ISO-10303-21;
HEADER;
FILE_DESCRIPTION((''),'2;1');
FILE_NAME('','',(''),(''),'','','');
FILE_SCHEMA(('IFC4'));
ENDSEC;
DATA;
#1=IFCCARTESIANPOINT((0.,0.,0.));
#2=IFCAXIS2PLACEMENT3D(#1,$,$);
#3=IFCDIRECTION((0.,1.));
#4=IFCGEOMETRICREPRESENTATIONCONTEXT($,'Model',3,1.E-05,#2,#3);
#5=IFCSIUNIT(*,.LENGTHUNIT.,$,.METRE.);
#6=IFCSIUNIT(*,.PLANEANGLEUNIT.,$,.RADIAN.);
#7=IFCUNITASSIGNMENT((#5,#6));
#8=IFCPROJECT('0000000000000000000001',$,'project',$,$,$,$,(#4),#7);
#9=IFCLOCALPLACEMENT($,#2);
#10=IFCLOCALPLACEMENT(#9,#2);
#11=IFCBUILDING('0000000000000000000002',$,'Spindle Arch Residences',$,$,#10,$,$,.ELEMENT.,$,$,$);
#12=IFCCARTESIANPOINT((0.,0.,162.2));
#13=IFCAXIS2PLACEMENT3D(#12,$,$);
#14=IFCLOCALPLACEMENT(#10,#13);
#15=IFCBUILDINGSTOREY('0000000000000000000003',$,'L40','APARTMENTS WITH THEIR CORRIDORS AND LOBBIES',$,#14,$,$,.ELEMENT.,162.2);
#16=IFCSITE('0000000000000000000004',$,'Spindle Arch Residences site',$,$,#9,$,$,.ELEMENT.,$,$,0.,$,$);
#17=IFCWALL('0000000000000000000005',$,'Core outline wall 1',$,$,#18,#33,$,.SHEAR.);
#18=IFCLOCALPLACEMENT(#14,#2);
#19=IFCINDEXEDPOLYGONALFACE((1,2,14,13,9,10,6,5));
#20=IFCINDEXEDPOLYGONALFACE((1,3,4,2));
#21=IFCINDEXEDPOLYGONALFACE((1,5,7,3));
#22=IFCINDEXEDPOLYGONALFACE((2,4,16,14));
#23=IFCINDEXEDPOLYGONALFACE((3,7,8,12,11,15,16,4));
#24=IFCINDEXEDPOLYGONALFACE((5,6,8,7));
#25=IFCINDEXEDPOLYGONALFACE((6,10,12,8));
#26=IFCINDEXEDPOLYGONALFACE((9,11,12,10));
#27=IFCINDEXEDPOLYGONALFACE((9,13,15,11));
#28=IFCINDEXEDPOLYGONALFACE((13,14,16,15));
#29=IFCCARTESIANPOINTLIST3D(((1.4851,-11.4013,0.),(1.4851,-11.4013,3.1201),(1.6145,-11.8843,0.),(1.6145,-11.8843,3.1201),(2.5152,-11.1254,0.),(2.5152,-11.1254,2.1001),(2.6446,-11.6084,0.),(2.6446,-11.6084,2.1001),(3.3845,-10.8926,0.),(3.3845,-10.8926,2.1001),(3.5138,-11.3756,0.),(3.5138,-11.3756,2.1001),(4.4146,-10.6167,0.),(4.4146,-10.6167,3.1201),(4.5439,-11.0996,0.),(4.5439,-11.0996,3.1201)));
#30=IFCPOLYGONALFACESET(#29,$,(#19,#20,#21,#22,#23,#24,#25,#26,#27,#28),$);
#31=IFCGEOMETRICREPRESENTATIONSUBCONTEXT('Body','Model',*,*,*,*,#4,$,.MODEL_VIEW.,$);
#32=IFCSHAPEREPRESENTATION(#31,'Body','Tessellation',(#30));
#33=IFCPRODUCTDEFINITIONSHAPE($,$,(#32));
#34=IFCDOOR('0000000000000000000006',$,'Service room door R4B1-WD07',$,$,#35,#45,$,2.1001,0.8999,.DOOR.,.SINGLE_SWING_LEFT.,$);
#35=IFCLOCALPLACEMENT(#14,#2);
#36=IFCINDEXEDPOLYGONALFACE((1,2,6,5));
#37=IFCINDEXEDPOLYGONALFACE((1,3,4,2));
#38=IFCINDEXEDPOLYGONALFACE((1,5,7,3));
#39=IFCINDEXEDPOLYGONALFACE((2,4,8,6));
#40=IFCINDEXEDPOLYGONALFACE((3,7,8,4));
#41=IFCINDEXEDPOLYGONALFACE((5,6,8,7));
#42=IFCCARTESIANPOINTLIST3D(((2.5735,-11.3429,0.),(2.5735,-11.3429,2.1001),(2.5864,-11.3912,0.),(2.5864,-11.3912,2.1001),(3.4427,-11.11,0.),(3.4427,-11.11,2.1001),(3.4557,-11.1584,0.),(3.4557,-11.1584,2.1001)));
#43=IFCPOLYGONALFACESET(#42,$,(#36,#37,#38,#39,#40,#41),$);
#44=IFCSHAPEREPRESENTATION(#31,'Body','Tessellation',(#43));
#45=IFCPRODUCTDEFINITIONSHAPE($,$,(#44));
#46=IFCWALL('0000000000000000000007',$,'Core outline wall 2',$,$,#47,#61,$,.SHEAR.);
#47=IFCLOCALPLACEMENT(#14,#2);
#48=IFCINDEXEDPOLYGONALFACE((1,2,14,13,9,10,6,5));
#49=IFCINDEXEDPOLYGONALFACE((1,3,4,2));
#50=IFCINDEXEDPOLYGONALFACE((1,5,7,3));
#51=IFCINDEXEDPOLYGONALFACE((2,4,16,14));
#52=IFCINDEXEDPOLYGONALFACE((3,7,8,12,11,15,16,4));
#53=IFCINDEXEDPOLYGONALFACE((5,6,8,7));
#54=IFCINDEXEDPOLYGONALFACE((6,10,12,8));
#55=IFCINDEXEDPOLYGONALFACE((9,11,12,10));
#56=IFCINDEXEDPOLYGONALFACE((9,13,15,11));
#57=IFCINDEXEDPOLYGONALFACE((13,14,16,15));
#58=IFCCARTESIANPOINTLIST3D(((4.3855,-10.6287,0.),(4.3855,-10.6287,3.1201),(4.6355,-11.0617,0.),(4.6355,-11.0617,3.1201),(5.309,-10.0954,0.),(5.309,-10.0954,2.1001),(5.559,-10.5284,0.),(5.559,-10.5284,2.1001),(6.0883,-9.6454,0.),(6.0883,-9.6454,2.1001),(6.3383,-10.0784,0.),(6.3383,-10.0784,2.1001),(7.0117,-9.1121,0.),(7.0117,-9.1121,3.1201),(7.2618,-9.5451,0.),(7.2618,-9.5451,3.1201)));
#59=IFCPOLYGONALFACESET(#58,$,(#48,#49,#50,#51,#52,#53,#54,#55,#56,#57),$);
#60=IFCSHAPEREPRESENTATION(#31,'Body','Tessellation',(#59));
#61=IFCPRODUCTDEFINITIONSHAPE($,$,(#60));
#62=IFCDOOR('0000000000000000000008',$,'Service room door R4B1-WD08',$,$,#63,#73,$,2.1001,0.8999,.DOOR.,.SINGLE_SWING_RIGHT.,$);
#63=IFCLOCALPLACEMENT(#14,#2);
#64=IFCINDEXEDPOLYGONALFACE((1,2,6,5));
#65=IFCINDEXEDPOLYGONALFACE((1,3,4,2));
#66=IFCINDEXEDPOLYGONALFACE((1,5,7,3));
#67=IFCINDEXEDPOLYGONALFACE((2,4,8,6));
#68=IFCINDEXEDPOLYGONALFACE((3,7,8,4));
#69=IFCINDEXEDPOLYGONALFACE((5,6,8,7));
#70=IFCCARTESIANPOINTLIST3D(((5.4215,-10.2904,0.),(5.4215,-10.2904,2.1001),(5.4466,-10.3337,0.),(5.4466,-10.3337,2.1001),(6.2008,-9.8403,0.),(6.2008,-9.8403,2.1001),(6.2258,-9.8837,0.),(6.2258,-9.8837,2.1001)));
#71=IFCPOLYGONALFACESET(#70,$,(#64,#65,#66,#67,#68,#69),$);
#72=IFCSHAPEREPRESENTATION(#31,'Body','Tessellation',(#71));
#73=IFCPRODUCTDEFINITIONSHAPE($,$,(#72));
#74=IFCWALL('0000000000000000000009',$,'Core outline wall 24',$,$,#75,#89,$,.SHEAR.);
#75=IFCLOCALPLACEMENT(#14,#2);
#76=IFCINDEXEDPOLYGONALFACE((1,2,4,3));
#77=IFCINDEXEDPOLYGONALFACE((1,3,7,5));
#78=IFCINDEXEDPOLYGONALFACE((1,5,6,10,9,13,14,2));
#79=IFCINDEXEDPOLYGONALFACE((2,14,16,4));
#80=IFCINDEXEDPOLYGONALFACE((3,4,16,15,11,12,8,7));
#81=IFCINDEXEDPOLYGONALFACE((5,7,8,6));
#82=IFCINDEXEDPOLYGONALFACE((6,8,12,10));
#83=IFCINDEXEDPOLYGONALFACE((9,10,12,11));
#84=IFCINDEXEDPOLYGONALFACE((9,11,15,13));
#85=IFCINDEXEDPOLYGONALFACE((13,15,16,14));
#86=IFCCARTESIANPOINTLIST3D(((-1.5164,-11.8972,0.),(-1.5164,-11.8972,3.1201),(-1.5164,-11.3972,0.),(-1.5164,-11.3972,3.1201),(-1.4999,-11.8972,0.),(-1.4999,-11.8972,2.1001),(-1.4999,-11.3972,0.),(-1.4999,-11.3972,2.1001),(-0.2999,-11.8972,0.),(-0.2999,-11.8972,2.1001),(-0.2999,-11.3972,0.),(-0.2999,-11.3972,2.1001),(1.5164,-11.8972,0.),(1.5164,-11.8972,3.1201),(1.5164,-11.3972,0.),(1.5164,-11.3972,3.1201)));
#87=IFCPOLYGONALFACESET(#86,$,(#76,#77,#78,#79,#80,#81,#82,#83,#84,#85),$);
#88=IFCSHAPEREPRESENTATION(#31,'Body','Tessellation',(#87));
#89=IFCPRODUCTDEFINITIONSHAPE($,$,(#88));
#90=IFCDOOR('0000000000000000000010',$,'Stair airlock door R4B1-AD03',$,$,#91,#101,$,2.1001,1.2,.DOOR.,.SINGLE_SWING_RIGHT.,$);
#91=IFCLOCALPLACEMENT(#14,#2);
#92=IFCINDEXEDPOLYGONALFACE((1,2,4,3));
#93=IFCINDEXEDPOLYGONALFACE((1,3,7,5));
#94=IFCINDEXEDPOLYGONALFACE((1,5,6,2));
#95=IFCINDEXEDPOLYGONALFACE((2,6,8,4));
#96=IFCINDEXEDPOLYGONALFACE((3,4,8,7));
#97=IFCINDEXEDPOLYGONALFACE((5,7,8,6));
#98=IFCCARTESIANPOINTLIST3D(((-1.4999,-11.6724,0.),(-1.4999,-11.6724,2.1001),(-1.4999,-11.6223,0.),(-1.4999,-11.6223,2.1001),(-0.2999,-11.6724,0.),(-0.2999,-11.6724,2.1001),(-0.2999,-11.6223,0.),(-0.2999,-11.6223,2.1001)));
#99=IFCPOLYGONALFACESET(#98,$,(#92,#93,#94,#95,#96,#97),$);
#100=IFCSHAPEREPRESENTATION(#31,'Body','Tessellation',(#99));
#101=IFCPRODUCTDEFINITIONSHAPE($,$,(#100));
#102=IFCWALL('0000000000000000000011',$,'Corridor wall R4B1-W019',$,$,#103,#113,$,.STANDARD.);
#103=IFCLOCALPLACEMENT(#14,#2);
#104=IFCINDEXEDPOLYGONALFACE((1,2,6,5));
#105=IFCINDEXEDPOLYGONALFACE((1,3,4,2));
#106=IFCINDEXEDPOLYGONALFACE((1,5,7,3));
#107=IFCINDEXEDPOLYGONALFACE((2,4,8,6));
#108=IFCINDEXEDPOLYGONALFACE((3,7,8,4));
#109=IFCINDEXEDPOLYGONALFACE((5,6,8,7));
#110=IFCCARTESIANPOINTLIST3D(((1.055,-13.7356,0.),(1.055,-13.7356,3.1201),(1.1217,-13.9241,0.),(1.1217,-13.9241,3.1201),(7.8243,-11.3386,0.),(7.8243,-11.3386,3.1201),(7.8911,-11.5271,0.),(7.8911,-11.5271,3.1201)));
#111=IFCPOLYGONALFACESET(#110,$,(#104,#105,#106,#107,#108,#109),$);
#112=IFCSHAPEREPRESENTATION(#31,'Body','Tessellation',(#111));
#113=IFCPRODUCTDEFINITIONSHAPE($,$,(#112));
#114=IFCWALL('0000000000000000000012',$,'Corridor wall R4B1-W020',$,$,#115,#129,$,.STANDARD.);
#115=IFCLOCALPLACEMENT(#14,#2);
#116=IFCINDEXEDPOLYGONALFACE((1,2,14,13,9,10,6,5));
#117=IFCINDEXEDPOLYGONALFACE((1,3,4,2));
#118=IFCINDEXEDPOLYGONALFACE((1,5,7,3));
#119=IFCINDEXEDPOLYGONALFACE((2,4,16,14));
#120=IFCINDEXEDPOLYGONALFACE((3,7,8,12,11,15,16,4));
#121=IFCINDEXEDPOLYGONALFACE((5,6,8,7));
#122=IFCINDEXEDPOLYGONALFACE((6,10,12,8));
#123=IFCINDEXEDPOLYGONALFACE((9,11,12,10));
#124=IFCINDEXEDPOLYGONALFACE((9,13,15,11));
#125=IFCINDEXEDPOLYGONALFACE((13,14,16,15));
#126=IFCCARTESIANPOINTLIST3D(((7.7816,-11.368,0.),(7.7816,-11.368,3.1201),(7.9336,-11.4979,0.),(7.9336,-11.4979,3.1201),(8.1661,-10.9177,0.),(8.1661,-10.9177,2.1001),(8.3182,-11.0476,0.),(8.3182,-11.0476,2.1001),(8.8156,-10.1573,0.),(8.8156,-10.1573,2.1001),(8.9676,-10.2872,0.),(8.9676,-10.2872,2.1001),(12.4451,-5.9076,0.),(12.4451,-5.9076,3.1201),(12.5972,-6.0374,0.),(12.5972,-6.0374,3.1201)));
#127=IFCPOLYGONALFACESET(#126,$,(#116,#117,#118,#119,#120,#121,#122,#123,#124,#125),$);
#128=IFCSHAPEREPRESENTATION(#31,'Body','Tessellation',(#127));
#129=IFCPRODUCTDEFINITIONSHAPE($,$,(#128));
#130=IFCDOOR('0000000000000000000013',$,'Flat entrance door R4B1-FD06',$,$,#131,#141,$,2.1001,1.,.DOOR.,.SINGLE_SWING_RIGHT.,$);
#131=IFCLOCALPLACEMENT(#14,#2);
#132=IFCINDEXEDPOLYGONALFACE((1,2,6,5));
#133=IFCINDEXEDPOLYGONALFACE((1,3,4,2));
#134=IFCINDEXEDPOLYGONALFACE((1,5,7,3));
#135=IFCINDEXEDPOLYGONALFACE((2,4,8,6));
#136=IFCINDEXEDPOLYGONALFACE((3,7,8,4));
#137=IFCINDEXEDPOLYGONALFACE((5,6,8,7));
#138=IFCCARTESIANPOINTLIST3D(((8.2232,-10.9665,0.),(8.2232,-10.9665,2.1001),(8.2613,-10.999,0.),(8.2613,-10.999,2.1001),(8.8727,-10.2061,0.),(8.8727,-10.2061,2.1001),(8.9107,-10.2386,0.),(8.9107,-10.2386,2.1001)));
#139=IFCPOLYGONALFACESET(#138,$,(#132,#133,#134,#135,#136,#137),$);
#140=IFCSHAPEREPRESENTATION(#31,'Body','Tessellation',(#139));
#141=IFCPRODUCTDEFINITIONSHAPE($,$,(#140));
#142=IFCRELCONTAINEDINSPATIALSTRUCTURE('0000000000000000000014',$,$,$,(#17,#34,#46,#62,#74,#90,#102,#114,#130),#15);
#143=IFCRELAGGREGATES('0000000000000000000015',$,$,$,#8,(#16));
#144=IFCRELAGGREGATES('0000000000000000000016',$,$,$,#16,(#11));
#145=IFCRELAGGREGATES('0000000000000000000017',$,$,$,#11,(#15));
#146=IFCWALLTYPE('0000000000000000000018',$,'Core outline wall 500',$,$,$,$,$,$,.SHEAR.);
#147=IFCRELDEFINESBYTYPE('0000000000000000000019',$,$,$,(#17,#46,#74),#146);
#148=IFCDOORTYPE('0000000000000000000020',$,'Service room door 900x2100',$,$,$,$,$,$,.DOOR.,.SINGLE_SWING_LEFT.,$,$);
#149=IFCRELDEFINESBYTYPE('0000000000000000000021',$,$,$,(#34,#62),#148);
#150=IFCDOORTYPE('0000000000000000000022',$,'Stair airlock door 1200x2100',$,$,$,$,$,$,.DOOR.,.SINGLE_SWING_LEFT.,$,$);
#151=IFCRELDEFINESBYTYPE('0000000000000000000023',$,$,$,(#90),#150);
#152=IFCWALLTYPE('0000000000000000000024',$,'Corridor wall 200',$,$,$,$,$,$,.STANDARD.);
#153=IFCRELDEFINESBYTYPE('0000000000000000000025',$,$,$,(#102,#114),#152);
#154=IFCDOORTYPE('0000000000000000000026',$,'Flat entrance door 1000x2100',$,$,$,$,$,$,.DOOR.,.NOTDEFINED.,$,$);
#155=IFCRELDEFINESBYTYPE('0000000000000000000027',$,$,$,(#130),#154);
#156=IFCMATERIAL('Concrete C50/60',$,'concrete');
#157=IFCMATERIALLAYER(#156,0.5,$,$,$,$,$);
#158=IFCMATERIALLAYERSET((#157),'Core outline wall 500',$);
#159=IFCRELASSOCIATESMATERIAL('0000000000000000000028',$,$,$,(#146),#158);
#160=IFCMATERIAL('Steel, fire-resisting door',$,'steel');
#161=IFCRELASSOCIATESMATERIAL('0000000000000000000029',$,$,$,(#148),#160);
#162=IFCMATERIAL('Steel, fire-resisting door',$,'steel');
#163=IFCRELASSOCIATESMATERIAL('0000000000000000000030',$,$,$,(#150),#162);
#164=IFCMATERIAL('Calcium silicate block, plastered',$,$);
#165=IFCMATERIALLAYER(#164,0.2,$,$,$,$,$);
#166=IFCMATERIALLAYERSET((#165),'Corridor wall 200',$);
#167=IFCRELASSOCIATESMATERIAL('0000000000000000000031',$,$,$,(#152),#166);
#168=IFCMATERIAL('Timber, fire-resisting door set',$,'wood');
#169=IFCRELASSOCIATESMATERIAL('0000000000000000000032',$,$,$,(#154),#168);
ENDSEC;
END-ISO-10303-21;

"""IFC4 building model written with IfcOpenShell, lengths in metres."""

from ifc_helpers import new_model, si_unit, direction, frame, frame_2d, origin, place, context, subcontext, project, spatial, rectangle, extrude, material, layer, layer_set, type_object, element, fill, save


model = new_model("IFC4")

# Units and contexts
model_context = context("Model", 3, precision=1e-05, world=origin(), true_north=direction((0.0, 1.0)))
body_context = subcontext(model_context, "Body", "Model", "MODEL_VIEW")
ifc_project = project(units=[si_unit("LENGTHUNIT", "METRE"), si_unit("PLANEANGLEUNIT", "RADIAN")], contexts=[model_context])

# Site, building, storey
site_placement = place(None, origin())
site = spatial("IfcSite", under=ifc_project, at=site_placement, Name="Spindle Arch Residences site", CompositionType="ELEMENT", RefElevation=0.0)
building_placement = place(site_placement, origin())
building = spatial("IfcBuilding", under=site, at=building_placement, Name="Spindle Arch Residences", CompositionType="ELEMENT")
storey_placement = place(building_placement, frame((0.0, 0.0, 162.2)))
storey = spatial("IfcBuildingStorey", under=building, at=storey_placement, Name="L40", Description="APARTMENTS WITH THEIR CORRIDORS AND LOBBIES", CompositionType="ELEMENT", Elevation=162.2)

# Walls, openings, doors
ifc_material_1 = material(Name="Concrete C50/60", Category="concrete")
ifc_layer_1 = layer(ifc_material_1, 0.5)
ifc_layer_set_1 = layer_set([ifc_layer_1], Name="Core outline wall 500")
wall_type_1 = type_object("IfcWallType", Name="Core outline wall 500", PredefinedType="SHEAR", material=ifc_layer_set_1)
wall_1_placement = place(storey_placement, frame((1.5498, -11.6428, 0.0), z_axis=(0.0, 0.0, 1.0), x_axis=(0.965948, 0.258735, 0.0)))
wall_1 = element("IfcWall", 1, at=wall_1_placement, inside=storey, type_object=wall_type_1, Name="Core outline wall 1", PredefinedType="SHEAR", context=body_context, shape_type="SweptSolid", body=[
    extrude(rectangle(XDim=3.0327, YDim=0.5, at=frame_2d((1.5164, 0.0))), origin(), (0.0, 0.0, 1.0), 3.1201),
])
opening_1_placement = place(wall_1_placement, frame((1.0664, 0.0, 0.0)))
opening_1 = element("IfcOpeningElement", 2, at=opening_1_placement, cuts=wall_1, PredefinedType="OPENING", context=body_context, shape_type="SweptSolid", body=[
    extrude(rectangle(XDim=0.8999, YDim=2.1001, at=frame_2d((0.45, 1.05))), frame((0.0, 0.26, 0.0), z_axis=(0.0, -1.0, 0.0), x_axis=(1.0, 0.0, 0.0)), (0.0, 0.0, 1.0), 0.52),
])
ifc_material_2 = material(Name="Steel, fire-resisting door", Category="steel")
door_type_1 = type_object("IfcDoorType", Name="Service room door 900x2100", OperationType="SINGLE_SWING_LEFT", PredefinedType="DOOR", material=ifc_material_2)
door_1_placement = place(opening_1_placement, origin())
door_1 = element("IfcDoor", 3, at=door_1_placement, inside=storey, type_object=door_type_1, Name="Service room door R4B1-WD07", OperationType="SINGLE_SWING_LEFT", OverallHeight=2.1001, OverallWidth=0.8999, PredefinedType="DOOR", context=body_context, shape_type="SweptSolid", body=[
    extrude(rectangle(XDim=0.8999, YDim=2.1001, at=frame_2d((0.45, 1.05))), frame((0.0, 0.0249, 0.0), z_axis=(0.0, -1.0, 0.0), x_axis=(1.0, 0.0, 0.0)), (0.0, 0.0, 1.0), 0.05),
])
fill(opening_1, door_1)
wall_2_placement = place(storey_placement, frame((4.5105, -10.8452, 0.0), z_axis=(0.0, 0.0, 1.0), x_axis=(0.865975, 0.500087, 0.0)))
wall_2 = element("IfcWall", 4, at=wall_2_placement, inside=storey, type_object=wall_type_1, Name="Core outline wall 2", PredefinedType="SHEAR", context=body_context, shape_type="SweptSolid", body=[
    extrude(rectangle(XDim=3.0327, YDim=0.5, at=frame_2d((1.5164, 0.0))), origin(), (0.0, 0.0, 1.0), 3.1201),
])
opening_2_placement = place(wall_2_placement, frame((1.0664, 0.0, 0.0)))
opening_2 = element("IfcOpeningElement", 5, at=opening_2_placement, cuts=wall_2, PredefinedType="OPENING", context=body_context, shape_type="SweptSolid", body=[
    extrude(rectangle(XDim=0.8999, YDim=2.1001, at=frame_2d((0.45, 1.05))), frame((0.0, 0.26, 0.0), z_axis=(0.0, -1.0, 0.0), x_axis=(1.0, 0.0, 0.0)), (0.0, 0.0, 1.0), 0.52),
])
door_2_placement = place(opening_2_placement, origin())
door_2 = element("IfcDoor", 6, at=door_2_placement, inside=storey, type_object=door_type_1, Name="Service room door R4B1-WD08", OperationType="SINGLE_SWING_RIGHT", OverallHeight=2.1001, OverallWidth=0.8999, PredefinedType="DOOR", context=body_context, shape_type="SweptSolid", body=[
    extrude(rectangle(XDim=0.8999, YDim=2.1001, at=frame_2d((0.45, 1.05))), frame((0.0, 0.0249, 0.0), z_axis=(0.0, -1.0, 0.0), x_axis=(1.0, 0.0, 0.0)), (0.0, 0.0, 1.0), 0.05),
])
fill(opening_2, door_2)
wall_3_placement = place(storey_placement, frame((-1.5164, -11.6472, 0.0), z_axis=(0.0, 0.0, 1.0), x_axis=(1.0, 0.0, 0.0)))
wall_3 = element("IfcWall", 7, at=wall_3_placement, inside=storey, type_object=wall_type_1, Name="Core outline wall 24", PredefinedType="SHEAR", context=body_context, shape_type="SweptSolid", body=[
    extrude(rectangle(XDim=3.0327, YDim=0.5, at=frame_2d((1.5164, 0.0))), origin(), (0.0, 0.0, 1.0), 3.1201),
])
opening_3_placement = place(wall_3_placement, frame((0.0164, 0.0, 0.0)))
opening_3 = element("IfcOpeningElement", 8, at=opening_3_placement, cuts=wall_3, PredefinedType="OPENING", context=body_context, shape_type="SweptSolid", body=[
    extrude(rectangle(XDim=1.2, YDim=2.1001, at=frame_2d((0.6001, 1.05))), frame((0.0, 0.26, 0.0), z_axis=(0.0, -1.0, 0.0), x_axis=(1.0, 0.0, 0.0)), (0.0, 0.0, 1.0), 0.52),
])
ifc_material_3 = material(Name="Steel, fire-resisting door", Category="steel")
door_type_2 = type_object("IfcDoorType", Name="Stair airlock door 1200x2100", OperationType="SINGLE_SWING_LEFT", PredefinedType="DOOR", material=ifc_material_3)
door_3_placement = place(opening_3_placement, origin())
door_3 = element("IfcDoor", 9, at=door_3_placement, inside=storey, type_object=door_type_2, Name="Stair airlock door R4B1-AD03", OperationType="SINGLE_SWING_RIGHT", OverallHeight=2.1001, OverallWidth=1.2, PredefinedType="DOOR", context=body_context, shape_type="SweptSolid", body=[
    extrude(rectangle(XDim=1.2, YDim=2.1001, at=frame_2d((0.6001, 1.05))), frame((0.0, 0.0249, 0.0), z_axis=(0.0, -1.0, 0.0), x_axis=(1.0, 0.0, 0.0)), (0.0, 0.0, 1.0), 0.05),
])
fill(opening_3, door_3)

# Wall
ifc_material_4 = material(Name="Calcium silicate block, plastered")
ifc_layer_2 = layer(ifc_material_4, 0.2)
ifc_layer_set_2 = layer_set([ifc_layer_2], Name="Corridor wall 200")
wall_type_2 = type_object("IfcWallType", Name="Corridor wall 200", PredefinedType="STANDARD", material=ifc_layer_set_2)
wall_4_placement = place(storey_placement, frame((1.0884, -13.8298, 0.0), z_axis=(0.0, 0.0, 1.0), x_axis=(0.942648, 0.333787, 0.0)))
element("IfcWall", 10, at=wall_4_placement, inside=storey, type_object=wall_type_2, Name="Corridor wall R4B1-W019", PredefinedType="STANDARD", context=body_context, shape_type="SweptSolid", body=[
    extrude(rectangle(XDim=7.1812, YDim=0.2, at=frame_2d((3.5906, 0.0))), origin(), (0.0, 0.0, 1.0), 3.1201),
])

# Wall, opening, door
wall_5_placement = place(storey_placement, frame((7.8577, -11.4329, 0.0), z_axis=(0.0, 0.0, 1.0), x_axis=(0.649441, 0.760412, 0.0)))
wall_5 = element("IfcWall", 11, at=wall_5_placement, inside=storey, type_object=wall_type_2, Name="Corridor wall R4B1-W020", PredefinedType="STANDARD", context=body_context, shape_type="SweptSolid", body=[
    extrude(rectangle(XDim=7.1809, YDim=0.2, at=frame_2d((3.5903, 0.0))), origin(), (0.0, 0.0, 1.0), 3.1201),
])
opening_4_placement = place(wall_5_placement, frame((0.592, 0.0, 0.0)))
opening_4 = element("IfcOpeningElement", 12, at=opening_4_placement, cuts=wall_5, PredefinedType="OPENING", context=body_context, shape_type="SweptSolid", body=[
    extrude(rectangle(XDim=1.0, YDim=2.1001, at=frame_2d((0.5, 1.05))), frame((0.0, 0.1099, 0.0), z_axis=(0.0, -1.0, 0.0), x_axis=(1.0, 0.0, 0.0)), (0.0, 0.0, 1.0), 0.22),
])
ifc_material_5 = material(Name="Timber, fire-resisting door set", Category="wood")
door_type_3 = type_object("IfcDoorType", Name="Flat entrance door 1000x2100", OperationType="NOTDEFINED", PredefinedType="DOOR", material=ifc_material_5)
door_4_placement = place(opening_4_placement, origin())
door_4 = element("IfcDoor", 13, at=door_4_placement, inside=storey, type_object=door_type_3, Name="Flat entrance door R4B1-FD06", OperationType="SINGLE_SWING_RIGHT", OverallHeight=2.1001, OverallWidth=1.0, PredefinedType="DOOR", context=body_context, shape_type="SweptSolid", body=[
    extrude(rectangle(XDim=1.0, YDim=2.1001, at=frame_2d((0.5, 1.05))), frame((0.0, 0.0249, 0.0), z_axis=(0.0, -1.0, 0.0), x_axis=(1.0, 0.0, 0.0)), (0.0, 0.0, 1.0), 0.05),
])
fill(opening_4, door_4)

save(model, "model.ifc")
